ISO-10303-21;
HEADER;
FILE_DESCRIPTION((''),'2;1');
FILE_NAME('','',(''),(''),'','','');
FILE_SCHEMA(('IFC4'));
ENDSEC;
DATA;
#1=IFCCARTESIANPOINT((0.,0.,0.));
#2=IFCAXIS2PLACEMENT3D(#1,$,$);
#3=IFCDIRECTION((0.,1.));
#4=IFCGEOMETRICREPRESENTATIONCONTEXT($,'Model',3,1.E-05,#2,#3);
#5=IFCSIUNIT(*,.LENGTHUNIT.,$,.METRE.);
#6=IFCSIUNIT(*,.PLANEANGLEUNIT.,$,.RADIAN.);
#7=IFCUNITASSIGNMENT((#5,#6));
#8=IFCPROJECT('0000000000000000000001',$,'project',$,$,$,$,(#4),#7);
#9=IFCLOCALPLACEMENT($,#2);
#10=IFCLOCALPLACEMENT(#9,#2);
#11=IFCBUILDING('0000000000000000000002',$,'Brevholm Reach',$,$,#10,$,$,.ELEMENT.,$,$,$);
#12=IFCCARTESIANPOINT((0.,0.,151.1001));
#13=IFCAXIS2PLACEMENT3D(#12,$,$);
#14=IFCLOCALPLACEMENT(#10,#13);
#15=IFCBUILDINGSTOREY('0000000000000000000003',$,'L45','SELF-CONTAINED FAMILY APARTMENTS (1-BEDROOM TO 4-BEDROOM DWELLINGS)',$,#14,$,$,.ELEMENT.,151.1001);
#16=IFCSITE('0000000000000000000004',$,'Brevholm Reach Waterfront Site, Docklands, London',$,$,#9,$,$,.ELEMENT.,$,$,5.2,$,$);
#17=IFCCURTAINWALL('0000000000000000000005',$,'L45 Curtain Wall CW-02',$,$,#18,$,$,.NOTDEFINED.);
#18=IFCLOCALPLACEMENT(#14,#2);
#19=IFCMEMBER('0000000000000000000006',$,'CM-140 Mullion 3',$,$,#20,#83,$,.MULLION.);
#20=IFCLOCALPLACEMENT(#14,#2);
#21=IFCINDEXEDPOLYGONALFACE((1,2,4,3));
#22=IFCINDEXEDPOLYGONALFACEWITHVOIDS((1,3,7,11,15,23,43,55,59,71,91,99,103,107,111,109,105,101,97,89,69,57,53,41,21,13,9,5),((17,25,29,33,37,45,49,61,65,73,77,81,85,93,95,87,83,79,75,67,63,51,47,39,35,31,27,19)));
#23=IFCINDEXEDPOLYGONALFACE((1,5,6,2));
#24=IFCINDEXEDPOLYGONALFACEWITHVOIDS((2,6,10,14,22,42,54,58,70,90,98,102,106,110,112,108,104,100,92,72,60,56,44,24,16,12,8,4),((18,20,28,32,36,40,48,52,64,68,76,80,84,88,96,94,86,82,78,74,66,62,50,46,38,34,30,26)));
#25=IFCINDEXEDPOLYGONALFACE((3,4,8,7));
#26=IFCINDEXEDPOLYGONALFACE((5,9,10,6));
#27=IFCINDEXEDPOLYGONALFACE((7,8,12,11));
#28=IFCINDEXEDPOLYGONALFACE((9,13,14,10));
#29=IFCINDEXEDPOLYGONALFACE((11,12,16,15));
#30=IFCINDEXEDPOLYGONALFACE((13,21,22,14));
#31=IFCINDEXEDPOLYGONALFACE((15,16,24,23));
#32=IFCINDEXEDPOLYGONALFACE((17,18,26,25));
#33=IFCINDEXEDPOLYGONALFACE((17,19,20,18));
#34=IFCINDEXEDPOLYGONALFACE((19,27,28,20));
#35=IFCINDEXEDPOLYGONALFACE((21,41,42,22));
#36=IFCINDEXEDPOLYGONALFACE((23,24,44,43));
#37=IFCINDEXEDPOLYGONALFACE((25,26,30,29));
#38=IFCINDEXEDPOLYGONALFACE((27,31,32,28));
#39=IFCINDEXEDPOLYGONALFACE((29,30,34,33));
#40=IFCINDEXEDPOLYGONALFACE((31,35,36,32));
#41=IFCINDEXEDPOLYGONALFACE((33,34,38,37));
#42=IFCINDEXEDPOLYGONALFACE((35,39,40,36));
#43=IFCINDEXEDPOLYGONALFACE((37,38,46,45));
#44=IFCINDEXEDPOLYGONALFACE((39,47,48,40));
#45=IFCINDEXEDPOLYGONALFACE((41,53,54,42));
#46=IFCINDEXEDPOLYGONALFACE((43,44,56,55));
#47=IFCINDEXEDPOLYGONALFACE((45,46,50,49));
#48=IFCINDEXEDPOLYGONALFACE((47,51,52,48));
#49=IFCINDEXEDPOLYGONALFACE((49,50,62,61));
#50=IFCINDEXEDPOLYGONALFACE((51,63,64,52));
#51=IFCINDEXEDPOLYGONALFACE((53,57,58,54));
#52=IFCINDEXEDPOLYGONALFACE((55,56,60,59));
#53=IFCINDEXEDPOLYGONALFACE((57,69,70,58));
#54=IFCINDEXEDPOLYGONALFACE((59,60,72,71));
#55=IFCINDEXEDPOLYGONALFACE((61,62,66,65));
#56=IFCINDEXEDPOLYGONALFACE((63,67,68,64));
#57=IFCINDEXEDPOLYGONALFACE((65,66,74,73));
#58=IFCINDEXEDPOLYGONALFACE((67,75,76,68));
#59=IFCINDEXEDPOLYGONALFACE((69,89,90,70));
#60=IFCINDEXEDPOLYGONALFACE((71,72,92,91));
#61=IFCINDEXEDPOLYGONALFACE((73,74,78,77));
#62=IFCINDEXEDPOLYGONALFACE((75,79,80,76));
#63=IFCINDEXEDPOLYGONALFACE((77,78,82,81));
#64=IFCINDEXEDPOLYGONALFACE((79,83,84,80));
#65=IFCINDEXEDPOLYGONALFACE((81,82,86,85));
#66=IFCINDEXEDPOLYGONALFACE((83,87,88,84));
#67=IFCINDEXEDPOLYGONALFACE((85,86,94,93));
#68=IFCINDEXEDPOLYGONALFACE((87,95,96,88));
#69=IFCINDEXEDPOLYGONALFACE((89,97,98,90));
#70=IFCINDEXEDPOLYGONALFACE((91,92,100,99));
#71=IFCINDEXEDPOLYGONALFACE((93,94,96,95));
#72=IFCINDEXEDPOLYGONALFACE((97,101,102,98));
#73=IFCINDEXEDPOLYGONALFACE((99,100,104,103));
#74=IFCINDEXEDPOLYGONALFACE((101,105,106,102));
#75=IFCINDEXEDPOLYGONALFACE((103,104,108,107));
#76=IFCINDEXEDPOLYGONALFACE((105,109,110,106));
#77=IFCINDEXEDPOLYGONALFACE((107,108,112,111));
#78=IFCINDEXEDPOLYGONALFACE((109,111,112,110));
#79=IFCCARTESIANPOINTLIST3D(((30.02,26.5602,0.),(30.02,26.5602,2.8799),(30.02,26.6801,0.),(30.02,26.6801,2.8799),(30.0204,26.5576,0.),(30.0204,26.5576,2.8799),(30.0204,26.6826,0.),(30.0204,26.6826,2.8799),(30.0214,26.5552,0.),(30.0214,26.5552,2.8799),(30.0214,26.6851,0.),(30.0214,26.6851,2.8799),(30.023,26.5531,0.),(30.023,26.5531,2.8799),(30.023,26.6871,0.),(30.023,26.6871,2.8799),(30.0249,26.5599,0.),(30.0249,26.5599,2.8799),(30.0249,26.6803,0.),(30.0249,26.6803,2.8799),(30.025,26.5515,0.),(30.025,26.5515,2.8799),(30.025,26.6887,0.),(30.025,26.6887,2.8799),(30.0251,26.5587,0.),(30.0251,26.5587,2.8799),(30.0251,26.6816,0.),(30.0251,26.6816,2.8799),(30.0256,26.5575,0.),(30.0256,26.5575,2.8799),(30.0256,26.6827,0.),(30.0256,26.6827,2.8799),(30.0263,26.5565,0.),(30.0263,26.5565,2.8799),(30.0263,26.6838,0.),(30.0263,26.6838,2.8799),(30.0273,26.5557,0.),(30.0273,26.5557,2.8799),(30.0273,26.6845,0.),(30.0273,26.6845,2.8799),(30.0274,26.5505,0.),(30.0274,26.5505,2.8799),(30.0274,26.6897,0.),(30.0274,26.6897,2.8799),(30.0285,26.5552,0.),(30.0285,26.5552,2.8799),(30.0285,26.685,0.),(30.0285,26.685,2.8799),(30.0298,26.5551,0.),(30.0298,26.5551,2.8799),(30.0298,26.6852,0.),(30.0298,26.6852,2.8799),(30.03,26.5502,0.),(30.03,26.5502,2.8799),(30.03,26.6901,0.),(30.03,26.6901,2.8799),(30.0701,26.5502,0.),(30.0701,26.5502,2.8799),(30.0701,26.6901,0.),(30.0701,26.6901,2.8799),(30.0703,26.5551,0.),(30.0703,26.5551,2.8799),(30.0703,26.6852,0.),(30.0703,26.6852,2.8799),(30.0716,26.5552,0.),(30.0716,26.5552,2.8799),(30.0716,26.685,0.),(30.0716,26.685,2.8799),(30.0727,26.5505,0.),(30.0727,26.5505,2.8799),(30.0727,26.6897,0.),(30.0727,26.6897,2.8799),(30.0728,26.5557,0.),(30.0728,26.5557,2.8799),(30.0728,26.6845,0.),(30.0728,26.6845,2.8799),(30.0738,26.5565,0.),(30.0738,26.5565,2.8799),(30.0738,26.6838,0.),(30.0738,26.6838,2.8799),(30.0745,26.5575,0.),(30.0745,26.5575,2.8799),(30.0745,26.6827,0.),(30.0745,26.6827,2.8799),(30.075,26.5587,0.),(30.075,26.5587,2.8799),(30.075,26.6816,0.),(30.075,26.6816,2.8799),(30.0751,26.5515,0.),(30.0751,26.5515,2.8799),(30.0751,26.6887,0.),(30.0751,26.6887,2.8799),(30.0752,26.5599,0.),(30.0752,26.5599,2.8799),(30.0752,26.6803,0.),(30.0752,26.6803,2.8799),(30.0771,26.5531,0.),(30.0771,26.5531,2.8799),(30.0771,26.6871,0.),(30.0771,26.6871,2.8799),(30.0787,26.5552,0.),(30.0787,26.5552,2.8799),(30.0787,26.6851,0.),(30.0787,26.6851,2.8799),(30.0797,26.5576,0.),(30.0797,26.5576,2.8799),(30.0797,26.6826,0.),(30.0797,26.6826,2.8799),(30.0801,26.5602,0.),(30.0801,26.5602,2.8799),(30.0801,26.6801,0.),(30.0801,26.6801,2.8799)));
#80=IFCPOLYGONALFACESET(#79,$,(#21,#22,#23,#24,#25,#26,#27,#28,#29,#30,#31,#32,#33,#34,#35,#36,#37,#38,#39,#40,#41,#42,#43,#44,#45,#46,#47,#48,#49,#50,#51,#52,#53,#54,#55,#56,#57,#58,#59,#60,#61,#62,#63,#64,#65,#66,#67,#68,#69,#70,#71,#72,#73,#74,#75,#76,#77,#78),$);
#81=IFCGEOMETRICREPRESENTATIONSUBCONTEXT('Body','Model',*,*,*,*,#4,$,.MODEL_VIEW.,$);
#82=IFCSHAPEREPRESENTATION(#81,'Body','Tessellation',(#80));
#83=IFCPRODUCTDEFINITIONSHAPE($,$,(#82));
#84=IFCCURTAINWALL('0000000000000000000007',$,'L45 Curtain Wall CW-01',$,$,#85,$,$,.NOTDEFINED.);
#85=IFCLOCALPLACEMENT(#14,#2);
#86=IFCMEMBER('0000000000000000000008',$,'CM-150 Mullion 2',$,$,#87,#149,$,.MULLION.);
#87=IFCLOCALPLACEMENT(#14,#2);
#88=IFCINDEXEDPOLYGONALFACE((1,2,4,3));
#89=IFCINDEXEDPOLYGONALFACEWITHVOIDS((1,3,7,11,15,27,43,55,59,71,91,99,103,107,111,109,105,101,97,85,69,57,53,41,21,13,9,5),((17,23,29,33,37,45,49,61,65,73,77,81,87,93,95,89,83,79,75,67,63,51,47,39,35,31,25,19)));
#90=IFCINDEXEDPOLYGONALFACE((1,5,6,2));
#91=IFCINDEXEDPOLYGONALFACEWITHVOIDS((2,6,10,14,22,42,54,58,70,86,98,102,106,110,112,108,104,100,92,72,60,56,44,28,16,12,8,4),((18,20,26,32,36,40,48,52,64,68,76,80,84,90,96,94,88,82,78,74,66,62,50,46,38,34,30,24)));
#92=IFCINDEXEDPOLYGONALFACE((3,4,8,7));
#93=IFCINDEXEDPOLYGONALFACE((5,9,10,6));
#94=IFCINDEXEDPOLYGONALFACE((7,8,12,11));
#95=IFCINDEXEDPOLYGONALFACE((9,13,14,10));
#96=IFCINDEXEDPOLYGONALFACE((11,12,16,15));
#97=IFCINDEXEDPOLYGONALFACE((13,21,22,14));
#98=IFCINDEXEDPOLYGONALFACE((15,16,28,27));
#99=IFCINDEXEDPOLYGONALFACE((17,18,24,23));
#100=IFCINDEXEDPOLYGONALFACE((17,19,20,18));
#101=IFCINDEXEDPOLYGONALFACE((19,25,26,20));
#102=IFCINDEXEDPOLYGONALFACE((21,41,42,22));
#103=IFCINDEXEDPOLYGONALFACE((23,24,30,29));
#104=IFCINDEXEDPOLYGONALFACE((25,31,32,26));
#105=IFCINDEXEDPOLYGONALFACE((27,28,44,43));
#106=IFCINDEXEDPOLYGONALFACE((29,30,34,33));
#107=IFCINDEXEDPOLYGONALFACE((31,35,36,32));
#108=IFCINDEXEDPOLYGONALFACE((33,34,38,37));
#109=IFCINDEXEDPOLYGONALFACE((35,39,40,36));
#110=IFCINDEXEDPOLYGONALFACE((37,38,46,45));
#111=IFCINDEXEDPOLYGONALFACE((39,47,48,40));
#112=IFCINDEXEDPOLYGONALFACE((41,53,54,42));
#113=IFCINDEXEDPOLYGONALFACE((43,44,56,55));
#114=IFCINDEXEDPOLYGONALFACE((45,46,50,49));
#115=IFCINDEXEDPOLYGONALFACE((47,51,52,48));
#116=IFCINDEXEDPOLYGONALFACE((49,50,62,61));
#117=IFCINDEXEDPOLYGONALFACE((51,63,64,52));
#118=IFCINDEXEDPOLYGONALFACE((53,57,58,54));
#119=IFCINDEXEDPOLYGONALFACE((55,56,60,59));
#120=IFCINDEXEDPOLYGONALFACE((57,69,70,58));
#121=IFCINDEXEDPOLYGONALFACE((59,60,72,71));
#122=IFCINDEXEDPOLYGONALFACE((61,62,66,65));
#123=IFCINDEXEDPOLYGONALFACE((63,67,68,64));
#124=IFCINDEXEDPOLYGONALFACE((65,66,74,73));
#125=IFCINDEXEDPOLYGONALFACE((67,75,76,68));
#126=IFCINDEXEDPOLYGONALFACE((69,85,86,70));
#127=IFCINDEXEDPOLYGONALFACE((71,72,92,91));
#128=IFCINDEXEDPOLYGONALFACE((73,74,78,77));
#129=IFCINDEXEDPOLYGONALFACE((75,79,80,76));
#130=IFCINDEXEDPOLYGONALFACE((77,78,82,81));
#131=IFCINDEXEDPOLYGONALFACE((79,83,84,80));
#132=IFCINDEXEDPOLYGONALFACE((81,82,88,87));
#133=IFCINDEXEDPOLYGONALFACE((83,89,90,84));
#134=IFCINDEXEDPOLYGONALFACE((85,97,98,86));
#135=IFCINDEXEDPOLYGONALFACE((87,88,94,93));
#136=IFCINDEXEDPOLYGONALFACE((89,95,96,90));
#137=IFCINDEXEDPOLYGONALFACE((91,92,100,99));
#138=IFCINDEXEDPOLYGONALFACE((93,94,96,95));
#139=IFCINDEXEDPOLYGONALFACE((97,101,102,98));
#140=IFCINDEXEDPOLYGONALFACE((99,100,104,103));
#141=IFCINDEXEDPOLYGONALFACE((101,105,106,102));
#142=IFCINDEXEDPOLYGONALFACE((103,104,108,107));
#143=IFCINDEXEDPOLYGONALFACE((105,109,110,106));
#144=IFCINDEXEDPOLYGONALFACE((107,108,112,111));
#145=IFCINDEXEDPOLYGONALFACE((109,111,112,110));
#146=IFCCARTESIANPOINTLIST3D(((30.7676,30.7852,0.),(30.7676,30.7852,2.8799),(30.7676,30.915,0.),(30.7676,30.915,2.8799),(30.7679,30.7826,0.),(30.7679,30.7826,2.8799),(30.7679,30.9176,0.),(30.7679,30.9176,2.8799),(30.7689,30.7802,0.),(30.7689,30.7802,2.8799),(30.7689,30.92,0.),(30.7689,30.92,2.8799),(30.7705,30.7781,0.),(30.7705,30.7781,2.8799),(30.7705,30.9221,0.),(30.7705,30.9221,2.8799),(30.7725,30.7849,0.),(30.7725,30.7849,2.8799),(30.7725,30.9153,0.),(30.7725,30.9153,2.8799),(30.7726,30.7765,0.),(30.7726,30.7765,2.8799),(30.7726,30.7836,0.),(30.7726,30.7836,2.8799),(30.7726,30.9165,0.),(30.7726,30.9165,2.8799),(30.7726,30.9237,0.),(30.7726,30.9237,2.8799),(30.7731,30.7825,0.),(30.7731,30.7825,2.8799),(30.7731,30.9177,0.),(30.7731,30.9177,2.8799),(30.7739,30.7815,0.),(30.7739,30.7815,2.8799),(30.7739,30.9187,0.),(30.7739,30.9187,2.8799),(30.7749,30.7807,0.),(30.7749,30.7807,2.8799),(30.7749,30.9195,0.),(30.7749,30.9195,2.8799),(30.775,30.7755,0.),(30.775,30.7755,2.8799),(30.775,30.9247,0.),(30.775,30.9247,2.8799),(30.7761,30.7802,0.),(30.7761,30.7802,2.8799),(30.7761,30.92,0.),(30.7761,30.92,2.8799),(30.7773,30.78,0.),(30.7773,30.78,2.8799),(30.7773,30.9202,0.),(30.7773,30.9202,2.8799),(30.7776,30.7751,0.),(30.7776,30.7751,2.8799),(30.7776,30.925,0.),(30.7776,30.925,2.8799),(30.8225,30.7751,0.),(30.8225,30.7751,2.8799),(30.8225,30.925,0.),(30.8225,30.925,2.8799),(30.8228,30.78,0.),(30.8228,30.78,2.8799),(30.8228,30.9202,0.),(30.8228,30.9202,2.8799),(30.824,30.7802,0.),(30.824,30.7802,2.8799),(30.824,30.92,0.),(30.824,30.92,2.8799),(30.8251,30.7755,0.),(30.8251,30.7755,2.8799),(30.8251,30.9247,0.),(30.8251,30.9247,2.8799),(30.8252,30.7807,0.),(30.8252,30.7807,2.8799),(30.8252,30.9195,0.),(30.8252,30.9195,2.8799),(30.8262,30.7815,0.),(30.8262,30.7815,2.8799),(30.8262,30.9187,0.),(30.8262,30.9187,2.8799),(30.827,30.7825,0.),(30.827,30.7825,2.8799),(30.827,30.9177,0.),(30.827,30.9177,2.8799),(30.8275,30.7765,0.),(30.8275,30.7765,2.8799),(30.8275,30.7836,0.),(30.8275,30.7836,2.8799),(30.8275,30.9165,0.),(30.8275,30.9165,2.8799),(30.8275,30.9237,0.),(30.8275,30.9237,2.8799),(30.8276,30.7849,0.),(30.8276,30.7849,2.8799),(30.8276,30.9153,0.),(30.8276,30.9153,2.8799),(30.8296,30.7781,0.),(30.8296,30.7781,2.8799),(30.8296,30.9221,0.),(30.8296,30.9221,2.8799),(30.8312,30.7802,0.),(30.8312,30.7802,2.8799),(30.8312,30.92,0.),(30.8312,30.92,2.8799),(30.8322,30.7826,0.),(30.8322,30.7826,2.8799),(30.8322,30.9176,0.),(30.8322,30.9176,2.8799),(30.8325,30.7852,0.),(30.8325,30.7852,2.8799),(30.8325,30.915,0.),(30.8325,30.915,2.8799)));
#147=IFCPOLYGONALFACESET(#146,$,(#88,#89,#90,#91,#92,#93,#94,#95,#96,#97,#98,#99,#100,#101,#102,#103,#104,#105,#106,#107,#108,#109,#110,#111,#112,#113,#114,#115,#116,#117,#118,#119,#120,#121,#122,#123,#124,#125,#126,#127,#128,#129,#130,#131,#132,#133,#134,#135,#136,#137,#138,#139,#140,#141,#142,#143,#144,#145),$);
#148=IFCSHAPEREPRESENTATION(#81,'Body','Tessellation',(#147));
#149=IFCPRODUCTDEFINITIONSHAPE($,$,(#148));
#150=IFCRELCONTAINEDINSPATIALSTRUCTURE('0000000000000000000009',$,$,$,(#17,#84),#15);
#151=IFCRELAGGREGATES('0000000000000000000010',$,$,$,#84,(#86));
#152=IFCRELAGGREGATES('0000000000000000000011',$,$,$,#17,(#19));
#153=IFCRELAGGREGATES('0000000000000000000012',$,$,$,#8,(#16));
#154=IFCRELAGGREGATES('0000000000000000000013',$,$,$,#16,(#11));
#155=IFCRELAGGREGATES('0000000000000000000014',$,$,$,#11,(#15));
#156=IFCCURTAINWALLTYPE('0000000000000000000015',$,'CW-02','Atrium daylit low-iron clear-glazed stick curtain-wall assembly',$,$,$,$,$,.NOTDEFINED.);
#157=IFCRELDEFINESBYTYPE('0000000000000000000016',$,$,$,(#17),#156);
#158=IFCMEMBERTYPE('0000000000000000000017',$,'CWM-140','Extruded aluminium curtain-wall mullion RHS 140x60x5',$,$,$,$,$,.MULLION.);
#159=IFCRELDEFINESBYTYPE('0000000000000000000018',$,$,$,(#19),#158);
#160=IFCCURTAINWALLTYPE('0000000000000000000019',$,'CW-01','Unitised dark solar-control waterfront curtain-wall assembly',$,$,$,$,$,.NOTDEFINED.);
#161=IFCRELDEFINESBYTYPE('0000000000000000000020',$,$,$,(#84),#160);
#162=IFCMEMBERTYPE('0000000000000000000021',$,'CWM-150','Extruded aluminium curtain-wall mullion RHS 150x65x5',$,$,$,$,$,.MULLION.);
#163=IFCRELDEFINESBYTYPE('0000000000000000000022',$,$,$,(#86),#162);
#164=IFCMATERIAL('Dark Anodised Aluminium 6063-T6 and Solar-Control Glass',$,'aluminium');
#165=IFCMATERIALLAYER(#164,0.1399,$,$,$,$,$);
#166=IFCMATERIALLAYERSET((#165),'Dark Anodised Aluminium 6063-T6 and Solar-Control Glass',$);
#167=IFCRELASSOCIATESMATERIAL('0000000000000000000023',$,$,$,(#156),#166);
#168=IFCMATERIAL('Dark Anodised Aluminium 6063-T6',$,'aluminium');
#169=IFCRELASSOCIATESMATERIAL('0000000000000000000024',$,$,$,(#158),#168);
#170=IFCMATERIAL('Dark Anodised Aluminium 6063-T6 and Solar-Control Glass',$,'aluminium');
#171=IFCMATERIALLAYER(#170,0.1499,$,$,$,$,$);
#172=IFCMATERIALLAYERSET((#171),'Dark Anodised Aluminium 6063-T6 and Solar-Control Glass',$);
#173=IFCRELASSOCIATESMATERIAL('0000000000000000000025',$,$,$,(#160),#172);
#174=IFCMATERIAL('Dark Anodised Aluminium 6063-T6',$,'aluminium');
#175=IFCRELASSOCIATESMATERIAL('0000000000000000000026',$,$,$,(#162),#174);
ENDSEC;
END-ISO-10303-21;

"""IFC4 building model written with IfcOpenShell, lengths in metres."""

from ifc_helpers import new_model, si_unit, direction, frame, origin, origin_2d, place, context, subcontext, project, spatial, hollow_rectangle, extrude, material, layer, layer_set, material_profile, profile_set, type_object, element, aggregate, save


model = new_model("IFC4")

# Units and contexts
model_context = context("Model", 3, precision=1e-05, world=origin(), true_north=direction((0.0, 1.0)))
body_context = subcontext(model_context, "Body", "Model", "MODEL_VIEW")
ifc_project = project(units=[si_unit("LENGTHUNIT", "METRE"), si_unit("PLANEANGLEUNIT", "RADIAN")], contexts=[model_context])

# Site, building, storey
site_placement = place(None, origin())
site = spatial("IfcSite", under=ifc_project, at=site_placement, Name="Brevholm Reach Waterfront Site, Docklands, London", CompositionType="ELEMENT", RefElevation=5.2)
building_placement = place(site_placement, origin())
building = spatial("IfcBuilding", under=site, at=building_placement, Name="Brevholm Reach", CompositionType="ELEMENT")
storey_placement = place(building_placement, frame((0.0, 0.0, 151.1001)))
storey = spatial("IfcBuildingStorey", under=building, at=storey_placement, Name="L45", Description="SELF-CONTAINED FAMILY APARTMENTS (1-BEDROOM TO 4-BEDROOM DWELLINGS)", CompositionType="ELEMENT", Elevation=151.1001)

# Curtain walls, members
ifc_material_1 = material(Name="Dark Anodised Aluminium 6063-T6 and Solar-Control Glass", Category="aluminium")
ifc_layer_1 = layer(ifc_material_1, 0.1399)
ifc_layer_set_1 = layer_set([ifc_layer_1], Name="Dark Anodised Aluminium 6063-T6 and Solar-Control Glass")
curtain_wall_type_1 = type_object("IfcCurtainWallType", Name="CW-02", Description="Atrium daylit low-iron clear-glazed stick curtain-wall assembly", PredefinedType="NOTDEFINED", material=ifc_layer_set_1)
curtain_wall_1_placement = place(storey_placement, origin())
curtain_wall_1 = element("IfcCurtainWall", 1, at=curtain_wall_1_placement, inside=storey, type_object=curtain_wall_type_1, Name="L45 Curtain Wall CW-02", PredefinedType="NOTDEFINED")
ifc_material_2 = material(Name="Dark Anodised Aluminium 6063-T6", Category="aluminium")
ifc_material_profile_1 = material_profile(ifc_material_2, hollow_rectangle(XDim=0.0601, YDim=0.1399, WallThickness=0.0049, InnerFilletRadius=0.0049, OuterFilletRadius=0.01, at=origin_2d()), Name="RHS 140x60x5")
ifc_profile_set_1 = profile_set([ifc_material_profile_1], Name="Dark Anodised Aluminium 6063-T6")
member_type_1 = type_object("IfcMemberType", Name="CWM-140", Description="Extruded aluminium curtain-wall mullion RHS 140x60x5", PredefinedType="MULLION", material=ifc_profile_set_1)
member_1_placement = place(storey_placement, frame((30.05, 26.6201, 0.0), z_axis=(0.0, 0.0, 1.0), x_axis=(-1.0, 0.0, 0.0)))
member_1 = element("IfcMember", 2, at=member_1_placement, type_object=member_type_1, Name="CM-140 Mullion 3", PredefinedType="MULLION", context=body_context, shape_type="SweptSolid", body=[
    extrude(hollow_rectangle(XDim=0.0601, YDim=0.1399, WallThickness=0.0049, InnerFilletRadius=0.0049, OuterFilletRadius=0.01, at=origin_2d()), origin(), (0.0, 0.0, 1.0), 2.8799),
])
ifc_material_3 = material(Name="Dark Anodised Aluminium 6063-T6 and Solar-Control Glass", Category="aluminium")
ifc_layer_2 = layer(ifc_material_3, 0.1499)
ifc_layer_set_2 = layer_set([ifc_layer_2], Name="Dark Anodised Aluminium 6063-T6 and Solar-Control Glass")
curtain_wall_type_2 = type_object("IfcCurtainWallType", Name="CW-01", Description="Unitised dark solar-control waterfront curtain-wall assembly", PredefinedType="NOTDEFINED", material=ifc_layer_set_2)
curtain_wall_2_placement = place(storey_placement, origin())
curtain_wall_2 = element("IfcCurtainWall", 3, at=curtain_wall_2_placement, inside=storey, type_object=curtain_wall_type_2, Name="L45 Curtain Wall CW-01", PredefinedType="NOTDEFINED")
ifc_material_4 = material(Name="Dark Anodised Aluminium 6063-T6", Category="aluminium")
ifc_material_profile_2 = material_profile(ifc_material_4, hollow_rectangle(XDim=0.0649, YDim=0.1499, WallThickness=0.0049, InnerFilletRadius=0.0049, OuterFilletRadius=0.01, at=origin_2d()), Name="RHS 150x65x5")
ifc_profile_set_2 = profile_set([ifc_material_profile_2], Name="Dark Anodised Aluminium 6063-T6")
member_type_2 = type_object("IfcMemberType", Name="CWM-150", Description="Extruded aluminium curtain-wall mullion RHS 150x65x5", PredefinedType="MULLION", material=ifc_profile_set_2)
member_2_placement = place(storey_placement, frame((30.8, 30.8501, 0.0), z_axis=(0.0, 0.0, 1.0), x_axis=(1.0, 0.0, 0.0)))
member_2 = element("IfcMember", 4, at=member_2_placement, type_object=member_type_2, Name="CM-150 Mullion 2", PredefinedType="MULLION", context=body_context, shape_type="SweptSolid", body=[
    extrude(hollow_rectangle(XDim=0.0649, YDim=0.1499, WallThickness=0.0049, InnerFilletRadius=0.0049, OuterFilletRadius=0.01, at=origin_2d()), origin(), (0.0, 0.0, 1.0), 2.8799),
])

aggregate(curtain_wall_2, [member_2])
aggregate(curtain_wall_1, [member_1])

save(model, "model.ifc")
